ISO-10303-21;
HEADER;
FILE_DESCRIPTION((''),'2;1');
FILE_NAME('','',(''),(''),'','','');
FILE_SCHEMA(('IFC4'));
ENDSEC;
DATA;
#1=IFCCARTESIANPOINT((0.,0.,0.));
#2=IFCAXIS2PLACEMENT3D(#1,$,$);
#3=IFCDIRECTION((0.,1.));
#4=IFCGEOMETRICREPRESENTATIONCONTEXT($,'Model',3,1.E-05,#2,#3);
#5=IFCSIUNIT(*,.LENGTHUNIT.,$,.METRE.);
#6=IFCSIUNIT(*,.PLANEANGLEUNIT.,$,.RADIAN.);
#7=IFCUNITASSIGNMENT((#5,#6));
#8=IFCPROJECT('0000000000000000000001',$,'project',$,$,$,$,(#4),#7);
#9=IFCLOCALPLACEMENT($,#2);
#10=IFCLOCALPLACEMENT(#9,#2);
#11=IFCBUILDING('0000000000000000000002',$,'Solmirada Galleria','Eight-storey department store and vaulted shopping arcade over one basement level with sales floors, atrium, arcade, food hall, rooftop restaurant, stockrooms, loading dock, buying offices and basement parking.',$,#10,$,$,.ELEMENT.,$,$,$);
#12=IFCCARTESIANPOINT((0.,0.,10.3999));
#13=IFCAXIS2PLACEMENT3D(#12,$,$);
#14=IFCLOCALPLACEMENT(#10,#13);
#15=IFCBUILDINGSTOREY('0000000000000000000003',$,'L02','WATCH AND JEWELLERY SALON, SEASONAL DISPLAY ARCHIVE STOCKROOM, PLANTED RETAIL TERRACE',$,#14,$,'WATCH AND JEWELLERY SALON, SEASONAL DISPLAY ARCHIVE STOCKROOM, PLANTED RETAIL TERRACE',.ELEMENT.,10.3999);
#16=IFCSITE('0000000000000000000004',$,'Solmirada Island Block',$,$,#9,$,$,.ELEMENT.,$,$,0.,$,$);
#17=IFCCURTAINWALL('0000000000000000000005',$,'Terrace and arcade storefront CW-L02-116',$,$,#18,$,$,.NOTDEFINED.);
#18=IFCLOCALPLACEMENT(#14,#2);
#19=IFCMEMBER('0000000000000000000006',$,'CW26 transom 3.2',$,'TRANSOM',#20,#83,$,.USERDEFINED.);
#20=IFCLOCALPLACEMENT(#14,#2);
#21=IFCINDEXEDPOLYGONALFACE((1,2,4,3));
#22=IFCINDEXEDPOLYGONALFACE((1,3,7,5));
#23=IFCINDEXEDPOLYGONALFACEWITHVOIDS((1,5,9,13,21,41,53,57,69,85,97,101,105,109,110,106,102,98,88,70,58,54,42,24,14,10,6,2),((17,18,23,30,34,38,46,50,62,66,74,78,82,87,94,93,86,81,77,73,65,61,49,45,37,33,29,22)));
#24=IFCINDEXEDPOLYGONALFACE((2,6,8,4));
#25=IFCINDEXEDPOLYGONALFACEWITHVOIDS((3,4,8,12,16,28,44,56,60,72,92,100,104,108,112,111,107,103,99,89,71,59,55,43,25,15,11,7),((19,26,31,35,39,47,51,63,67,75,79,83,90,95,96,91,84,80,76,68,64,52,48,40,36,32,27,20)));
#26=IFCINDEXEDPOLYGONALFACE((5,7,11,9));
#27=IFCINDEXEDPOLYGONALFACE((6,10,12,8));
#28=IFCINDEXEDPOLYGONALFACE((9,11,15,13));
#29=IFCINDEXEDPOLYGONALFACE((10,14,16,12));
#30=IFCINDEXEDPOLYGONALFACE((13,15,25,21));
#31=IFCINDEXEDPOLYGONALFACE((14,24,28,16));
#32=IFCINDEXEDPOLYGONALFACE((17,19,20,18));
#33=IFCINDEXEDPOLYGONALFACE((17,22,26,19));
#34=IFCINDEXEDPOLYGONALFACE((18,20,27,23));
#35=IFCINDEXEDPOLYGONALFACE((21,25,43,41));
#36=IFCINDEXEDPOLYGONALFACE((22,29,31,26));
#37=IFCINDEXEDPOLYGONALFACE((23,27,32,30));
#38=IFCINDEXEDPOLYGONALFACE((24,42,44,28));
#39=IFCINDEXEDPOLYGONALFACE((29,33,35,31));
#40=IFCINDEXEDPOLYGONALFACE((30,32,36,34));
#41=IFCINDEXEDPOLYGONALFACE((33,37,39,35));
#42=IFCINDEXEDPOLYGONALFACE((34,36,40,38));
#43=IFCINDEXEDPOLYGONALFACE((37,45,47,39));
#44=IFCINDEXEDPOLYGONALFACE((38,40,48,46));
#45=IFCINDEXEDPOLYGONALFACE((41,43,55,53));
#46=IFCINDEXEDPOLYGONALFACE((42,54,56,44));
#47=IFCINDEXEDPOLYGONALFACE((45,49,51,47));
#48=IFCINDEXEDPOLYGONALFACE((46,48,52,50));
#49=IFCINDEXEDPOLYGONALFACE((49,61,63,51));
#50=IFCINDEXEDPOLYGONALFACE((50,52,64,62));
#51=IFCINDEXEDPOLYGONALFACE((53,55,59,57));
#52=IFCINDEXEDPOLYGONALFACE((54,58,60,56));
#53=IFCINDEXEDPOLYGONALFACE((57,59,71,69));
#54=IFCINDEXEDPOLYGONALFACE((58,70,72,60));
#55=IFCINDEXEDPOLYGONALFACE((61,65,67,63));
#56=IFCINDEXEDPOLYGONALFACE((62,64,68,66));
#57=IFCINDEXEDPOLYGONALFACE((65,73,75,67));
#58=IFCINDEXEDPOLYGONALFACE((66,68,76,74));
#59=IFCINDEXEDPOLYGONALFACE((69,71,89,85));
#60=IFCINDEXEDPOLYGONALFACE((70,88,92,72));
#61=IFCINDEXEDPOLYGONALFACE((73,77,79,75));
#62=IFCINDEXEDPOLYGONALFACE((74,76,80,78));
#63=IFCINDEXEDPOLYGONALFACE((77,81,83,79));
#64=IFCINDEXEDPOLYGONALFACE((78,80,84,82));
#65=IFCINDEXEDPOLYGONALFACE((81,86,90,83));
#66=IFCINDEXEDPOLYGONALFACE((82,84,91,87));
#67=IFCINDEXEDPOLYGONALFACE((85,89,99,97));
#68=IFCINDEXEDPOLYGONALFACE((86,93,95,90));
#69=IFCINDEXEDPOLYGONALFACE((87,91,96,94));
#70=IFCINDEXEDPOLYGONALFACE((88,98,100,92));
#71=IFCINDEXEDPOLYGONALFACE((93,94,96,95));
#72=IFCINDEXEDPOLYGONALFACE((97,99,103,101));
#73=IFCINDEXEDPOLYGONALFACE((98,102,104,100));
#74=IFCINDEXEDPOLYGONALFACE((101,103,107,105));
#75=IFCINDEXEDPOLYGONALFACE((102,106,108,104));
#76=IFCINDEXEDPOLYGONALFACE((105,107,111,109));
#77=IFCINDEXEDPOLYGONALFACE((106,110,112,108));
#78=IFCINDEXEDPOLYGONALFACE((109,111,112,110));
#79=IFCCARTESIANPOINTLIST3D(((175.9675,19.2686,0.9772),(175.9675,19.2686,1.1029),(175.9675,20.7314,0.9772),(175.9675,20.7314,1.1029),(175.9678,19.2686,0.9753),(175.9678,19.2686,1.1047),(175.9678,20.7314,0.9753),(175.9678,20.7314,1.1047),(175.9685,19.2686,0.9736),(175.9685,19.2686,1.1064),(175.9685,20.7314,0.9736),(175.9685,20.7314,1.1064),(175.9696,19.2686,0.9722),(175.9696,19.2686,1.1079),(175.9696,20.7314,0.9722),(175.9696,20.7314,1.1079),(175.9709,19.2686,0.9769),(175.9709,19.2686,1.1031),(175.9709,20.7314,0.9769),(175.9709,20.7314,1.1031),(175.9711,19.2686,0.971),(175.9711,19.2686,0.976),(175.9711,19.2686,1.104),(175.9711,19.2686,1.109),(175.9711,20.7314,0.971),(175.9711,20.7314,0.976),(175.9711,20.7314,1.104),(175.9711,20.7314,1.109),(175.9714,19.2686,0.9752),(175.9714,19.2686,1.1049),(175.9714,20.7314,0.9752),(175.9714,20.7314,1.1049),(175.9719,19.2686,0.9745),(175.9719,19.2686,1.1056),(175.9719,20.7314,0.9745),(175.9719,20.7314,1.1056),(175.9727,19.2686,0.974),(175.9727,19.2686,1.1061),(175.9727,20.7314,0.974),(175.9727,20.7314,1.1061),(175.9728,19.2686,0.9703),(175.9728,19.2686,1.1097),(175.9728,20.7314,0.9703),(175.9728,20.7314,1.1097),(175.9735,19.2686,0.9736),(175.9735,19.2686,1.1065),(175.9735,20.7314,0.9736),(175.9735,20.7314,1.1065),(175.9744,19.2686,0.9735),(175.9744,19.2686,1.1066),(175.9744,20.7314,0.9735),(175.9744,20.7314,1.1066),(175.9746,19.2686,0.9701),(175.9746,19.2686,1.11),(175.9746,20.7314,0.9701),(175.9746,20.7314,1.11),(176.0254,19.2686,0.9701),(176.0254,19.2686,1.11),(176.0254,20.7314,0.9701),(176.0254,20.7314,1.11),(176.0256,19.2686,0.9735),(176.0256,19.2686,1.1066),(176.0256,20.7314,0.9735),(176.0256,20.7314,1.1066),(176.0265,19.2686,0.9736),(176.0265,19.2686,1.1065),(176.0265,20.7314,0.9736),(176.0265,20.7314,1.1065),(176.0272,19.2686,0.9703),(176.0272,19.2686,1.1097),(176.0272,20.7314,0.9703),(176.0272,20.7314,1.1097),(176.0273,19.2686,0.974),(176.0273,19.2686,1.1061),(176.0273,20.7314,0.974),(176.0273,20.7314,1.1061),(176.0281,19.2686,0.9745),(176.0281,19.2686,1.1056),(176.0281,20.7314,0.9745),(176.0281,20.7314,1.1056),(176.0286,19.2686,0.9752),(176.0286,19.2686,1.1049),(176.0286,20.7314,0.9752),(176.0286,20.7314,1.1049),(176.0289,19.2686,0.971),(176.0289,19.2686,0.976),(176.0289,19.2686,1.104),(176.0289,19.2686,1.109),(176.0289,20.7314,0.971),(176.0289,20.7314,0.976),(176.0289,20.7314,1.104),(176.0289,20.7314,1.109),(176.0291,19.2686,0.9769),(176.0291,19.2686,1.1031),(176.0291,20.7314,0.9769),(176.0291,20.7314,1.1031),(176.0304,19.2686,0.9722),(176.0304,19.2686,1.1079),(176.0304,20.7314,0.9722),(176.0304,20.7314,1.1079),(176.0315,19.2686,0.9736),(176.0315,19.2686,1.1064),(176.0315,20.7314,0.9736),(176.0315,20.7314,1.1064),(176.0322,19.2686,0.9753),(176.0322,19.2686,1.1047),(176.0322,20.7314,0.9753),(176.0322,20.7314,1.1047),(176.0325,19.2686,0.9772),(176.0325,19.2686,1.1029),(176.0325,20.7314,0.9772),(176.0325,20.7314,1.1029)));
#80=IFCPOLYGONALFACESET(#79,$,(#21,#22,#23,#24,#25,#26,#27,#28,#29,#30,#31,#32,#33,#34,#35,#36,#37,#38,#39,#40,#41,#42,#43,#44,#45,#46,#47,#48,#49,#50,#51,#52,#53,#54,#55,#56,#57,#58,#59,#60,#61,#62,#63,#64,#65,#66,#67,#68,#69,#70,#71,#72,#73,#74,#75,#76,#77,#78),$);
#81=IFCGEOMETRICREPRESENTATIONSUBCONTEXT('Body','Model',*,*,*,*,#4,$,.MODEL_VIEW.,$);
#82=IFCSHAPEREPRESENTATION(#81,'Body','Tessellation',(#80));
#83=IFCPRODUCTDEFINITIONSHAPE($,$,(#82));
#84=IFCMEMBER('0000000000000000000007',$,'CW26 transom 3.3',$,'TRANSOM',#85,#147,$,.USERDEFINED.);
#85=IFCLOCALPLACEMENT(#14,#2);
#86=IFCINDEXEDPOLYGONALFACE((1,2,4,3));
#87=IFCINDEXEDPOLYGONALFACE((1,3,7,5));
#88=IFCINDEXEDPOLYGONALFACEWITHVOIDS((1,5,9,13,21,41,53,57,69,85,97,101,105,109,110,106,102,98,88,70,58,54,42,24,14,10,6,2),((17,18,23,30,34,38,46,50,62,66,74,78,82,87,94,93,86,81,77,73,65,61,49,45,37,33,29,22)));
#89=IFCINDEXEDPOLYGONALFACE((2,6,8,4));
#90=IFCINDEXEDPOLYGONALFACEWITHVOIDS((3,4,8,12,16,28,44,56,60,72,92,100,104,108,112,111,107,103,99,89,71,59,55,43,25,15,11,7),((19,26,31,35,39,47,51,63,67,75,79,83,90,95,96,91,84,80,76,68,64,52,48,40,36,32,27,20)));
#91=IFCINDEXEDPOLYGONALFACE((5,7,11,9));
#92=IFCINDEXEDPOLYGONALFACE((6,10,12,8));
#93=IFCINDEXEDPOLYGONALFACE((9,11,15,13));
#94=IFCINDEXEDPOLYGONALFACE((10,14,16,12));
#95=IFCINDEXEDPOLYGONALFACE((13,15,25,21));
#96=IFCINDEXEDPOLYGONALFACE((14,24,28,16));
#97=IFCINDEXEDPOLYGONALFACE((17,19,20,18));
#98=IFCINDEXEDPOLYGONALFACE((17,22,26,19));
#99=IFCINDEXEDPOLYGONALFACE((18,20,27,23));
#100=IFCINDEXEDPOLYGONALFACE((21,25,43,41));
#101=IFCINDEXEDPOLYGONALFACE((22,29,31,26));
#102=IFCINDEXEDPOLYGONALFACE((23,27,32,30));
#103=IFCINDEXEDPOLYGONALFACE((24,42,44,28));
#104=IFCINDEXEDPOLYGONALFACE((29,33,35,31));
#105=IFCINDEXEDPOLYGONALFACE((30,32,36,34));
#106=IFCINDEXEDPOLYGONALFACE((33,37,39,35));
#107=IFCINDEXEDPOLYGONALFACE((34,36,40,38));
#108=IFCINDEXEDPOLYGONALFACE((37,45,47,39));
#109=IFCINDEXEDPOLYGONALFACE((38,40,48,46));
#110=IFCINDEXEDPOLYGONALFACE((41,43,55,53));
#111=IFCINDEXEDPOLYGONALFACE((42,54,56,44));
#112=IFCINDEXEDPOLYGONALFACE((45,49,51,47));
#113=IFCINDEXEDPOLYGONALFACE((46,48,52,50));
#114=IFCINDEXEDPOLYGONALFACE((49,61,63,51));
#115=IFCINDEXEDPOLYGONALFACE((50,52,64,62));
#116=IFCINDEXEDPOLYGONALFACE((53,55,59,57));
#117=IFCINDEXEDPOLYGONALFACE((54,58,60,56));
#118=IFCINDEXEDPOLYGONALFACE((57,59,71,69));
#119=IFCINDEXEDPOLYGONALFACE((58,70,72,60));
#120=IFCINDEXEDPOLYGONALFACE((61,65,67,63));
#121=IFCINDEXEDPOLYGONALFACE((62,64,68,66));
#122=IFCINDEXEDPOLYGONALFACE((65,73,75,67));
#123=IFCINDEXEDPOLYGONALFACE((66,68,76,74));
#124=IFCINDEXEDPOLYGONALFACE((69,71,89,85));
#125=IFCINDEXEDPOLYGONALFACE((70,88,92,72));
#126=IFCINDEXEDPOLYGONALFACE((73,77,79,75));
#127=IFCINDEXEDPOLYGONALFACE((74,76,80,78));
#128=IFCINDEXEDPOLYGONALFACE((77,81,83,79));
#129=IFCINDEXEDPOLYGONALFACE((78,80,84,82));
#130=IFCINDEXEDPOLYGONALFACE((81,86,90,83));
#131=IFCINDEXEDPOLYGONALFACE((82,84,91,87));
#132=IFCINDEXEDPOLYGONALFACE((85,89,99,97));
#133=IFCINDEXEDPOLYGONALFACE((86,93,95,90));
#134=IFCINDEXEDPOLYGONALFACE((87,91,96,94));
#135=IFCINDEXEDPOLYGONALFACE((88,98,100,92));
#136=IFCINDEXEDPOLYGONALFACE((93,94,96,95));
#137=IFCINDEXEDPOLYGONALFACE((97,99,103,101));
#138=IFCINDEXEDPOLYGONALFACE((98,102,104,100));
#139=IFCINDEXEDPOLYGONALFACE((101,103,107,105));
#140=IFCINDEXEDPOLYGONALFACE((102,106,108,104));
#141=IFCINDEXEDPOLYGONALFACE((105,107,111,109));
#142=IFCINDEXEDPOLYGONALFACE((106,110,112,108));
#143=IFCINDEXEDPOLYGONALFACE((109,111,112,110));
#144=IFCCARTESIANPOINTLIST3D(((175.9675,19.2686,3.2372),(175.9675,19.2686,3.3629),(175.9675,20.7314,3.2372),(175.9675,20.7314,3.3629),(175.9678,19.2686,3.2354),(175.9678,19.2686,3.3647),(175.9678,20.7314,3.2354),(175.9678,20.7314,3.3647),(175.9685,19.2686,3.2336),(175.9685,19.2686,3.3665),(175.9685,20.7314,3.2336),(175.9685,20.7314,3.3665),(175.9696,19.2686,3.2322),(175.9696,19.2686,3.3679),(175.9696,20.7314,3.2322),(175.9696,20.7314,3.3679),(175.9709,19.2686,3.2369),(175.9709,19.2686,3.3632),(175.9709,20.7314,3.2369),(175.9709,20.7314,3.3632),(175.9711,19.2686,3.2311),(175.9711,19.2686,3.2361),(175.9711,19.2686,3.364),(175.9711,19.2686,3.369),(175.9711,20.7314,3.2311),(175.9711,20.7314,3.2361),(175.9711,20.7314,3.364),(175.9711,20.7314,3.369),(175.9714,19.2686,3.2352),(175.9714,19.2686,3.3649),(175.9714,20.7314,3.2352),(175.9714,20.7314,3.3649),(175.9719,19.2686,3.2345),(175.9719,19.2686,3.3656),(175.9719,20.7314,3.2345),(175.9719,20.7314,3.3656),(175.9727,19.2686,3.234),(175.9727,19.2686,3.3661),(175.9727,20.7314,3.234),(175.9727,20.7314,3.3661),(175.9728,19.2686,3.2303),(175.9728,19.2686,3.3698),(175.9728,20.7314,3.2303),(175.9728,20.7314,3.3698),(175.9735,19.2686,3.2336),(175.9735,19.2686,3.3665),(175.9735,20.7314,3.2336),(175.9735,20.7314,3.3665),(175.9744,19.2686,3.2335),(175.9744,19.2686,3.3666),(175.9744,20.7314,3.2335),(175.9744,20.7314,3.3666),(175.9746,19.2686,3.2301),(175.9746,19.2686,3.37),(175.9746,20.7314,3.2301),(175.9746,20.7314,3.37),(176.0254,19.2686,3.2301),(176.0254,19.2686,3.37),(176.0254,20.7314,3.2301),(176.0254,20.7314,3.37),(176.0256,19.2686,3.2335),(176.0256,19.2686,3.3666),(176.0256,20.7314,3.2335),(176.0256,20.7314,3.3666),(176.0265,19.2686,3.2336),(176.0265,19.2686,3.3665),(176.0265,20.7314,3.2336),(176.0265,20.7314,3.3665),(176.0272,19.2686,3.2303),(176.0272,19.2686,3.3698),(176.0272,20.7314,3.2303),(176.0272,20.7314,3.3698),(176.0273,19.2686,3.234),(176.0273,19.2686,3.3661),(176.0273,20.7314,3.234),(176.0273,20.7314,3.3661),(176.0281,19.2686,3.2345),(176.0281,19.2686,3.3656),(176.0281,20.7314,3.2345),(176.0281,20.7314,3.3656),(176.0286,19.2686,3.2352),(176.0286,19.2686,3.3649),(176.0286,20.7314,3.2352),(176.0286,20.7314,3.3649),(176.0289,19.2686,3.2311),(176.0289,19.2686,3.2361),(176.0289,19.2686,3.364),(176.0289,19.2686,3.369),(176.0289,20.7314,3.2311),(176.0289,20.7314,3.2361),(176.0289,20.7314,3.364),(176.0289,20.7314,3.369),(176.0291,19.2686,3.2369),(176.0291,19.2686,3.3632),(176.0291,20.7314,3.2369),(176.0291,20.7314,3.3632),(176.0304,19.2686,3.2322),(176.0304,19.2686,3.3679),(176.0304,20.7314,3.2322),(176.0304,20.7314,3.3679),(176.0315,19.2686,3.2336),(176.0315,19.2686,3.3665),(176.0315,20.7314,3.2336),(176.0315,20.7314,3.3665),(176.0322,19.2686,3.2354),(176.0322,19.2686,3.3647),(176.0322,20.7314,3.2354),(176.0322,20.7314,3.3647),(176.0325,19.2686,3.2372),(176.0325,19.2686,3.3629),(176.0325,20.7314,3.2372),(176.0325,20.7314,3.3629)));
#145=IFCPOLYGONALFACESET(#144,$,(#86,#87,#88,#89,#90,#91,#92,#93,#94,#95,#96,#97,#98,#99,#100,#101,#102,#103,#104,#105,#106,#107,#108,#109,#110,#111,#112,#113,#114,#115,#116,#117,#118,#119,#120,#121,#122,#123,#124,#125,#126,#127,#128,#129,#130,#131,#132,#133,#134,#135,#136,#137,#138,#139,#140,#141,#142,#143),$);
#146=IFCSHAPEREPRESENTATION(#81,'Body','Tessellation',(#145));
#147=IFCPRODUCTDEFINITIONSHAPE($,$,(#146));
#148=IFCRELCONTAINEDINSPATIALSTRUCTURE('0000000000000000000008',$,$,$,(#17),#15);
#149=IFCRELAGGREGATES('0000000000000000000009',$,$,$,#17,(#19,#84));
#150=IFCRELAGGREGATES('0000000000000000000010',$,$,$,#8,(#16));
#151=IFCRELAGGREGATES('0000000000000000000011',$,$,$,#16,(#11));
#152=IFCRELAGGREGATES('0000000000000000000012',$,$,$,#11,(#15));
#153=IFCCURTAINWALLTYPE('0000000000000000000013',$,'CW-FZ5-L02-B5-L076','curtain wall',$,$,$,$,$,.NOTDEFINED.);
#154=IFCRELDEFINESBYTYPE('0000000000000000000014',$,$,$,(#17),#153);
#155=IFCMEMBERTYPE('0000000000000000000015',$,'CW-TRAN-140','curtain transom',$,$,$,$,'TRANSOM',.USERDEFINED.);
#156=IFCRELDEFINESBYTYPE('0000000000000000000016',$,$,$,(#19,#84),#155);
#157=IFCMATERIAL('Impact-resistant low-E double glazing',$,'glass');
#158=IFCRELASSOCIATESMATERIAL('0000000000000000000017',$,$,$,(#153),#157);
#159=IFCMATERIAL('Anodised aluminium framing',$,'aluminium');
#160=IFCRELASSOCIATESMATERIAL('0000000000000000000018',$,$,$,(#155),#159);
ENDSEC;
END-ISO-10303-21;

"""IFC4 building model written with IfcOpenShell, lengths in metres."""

from ifc_helpers import new_model, si_unit, direction, frame, origin, origin_2d, place, context, subcontext, project, spatial, hollow_rectangle, extrude, material, material_profile, profile_set, type_object, element, aggregate, save


model = new_model("IFC4")

# Units and contexts
model_context = context("Model", 3, precision=1e-05, world=origin(), true_north=direction((0.0, 1.0)))
body_context = subcontext(model_context, "Body", "Model", "MODEL_VIEW")
ifc_project = project(units=[si_unit("LENGTHUNIT", "METRE"), si_unit("PLANEANGLEUNIT", "RADIAN")], contexts=[model_context])

# Site, building, storey
site_placement = place(None, origin())
site = spatial("IfcSite", under=ifc_project, at=site_placement, Name="Solmirada Island Block", CompositionType="ELEMENT", RefElevation=0.0)
building_placement = place(site_placement, origin())
building = spatial("IfcBuilding", under=site, at=building_placement, Name="Solmirada Galleria", Description="Eight-storey department store and vaulted shopping arcade over one basement level with sales floors, atrium, arcade, food hall, rooftop restaurant, stockrooms, loading dock, buying offices and basement parking.", CompositionType="ELEMENT")
storey_placement = place(building_placement, frame((0.0, 0.0, 10.3999)))
storey = spatial("IfcBuildingStorey", under=building, at=storey_placement, Name="L02", Description="WATCH AND JEWELLERY SALON, SEASONAL DISPLAY ARCHIVE STOCKROOM, PLANTED RETAIL TERRACE", LongName="WATCH AND JEWELLERY SALON, SEASONAL DISPLAY ARCHIVE STOCKROOM, PLANTED RETAIL TERRACE", CompositionType="ELEMENT", Elevation=10.3999)

# Curtain wall, members
ifc_material_1 = material(Name="Impact-resistant low-E double glazing", Category="glass")
curtain_wall_type = type_object("IfcCurtainWallType", Name="CW-FZ5-L02-B5-L076", Description="curtain wall", PredefinedType="NOTDEFINED", material=ifc_material_1)
curtain_wall_placement = place(storey_placement, origin())
curtain_wall = element("IfcCurtainWall", 1, at=curtain_wall_placement, inside=storey, type_object=curtain_wall_type, Name="Terrace and arcade storefront CW-L02-116", PredefinedType="NOTDEFINED")
ifc_material_2 = material(Name="Anodised aluminium framing", Category="aluminium")
ifc_material_profile_1 = material_profile(ifc_material_2, hollow_rectangle(XDim=0.0649, YDim=0.1399, WallThickness=0.0034, InnerFilletRadius=0.0034, OuterFilletRadius=0.0071, at=origin_2d()), Name="ALU-TRAN-140X65")
ifc_profile_set_1 = profile_set([ifc_material_profile_1], Name="Anodised aluminium framing")
member_type_1 = type_object("IfcMemberType", Name="CW-TRAN-140", Description="curtain transom", ElementType="TRANSOM", PredefinedType="USERDEFINED", material=ifc_profile_set_1)
member_1_placement = place(storey_placement, frame((176.0, 20.7314, 1.04), z_axis=(0.0, -1.0, 0.0), x_axis=(1.0, 0.0, 0.0)))
member_1 = element("IfcMember", 2, at=member_1_placement, type_object=member_type_1, Name="CW26 transom 3.2", ObjectType="TRANSOM", PredefinedType="USERDEFINED", context=body_context, shape_type="SweptSolid", body=[
    extrude(hollow_rectangle(XDim=0.0649, YDim=0.1399, WallThickness=0.0034, InnerFilletRadius=0.0034, OuterFilletRadius=0.0071, at=origin_2d()), origin(), (0.0, 0.0, 1.0), 1.4629),
])
member_2_placement = place(storey_placement, frame((176.0, 20.7314, 3.3), z_axis=(0.0, -1.0, 0.0), x_axis=(1.0, 0.0, 0.0)))
member_2 = element("IfcMember", 3, at=member_2_placement, type_object=member_type_1, Name="CW26 transom 3.3", ObjectType="TRANSOM", PredefinedType="USERDEFINED", context=body_context, shape_type="SweptSolid", body=[
    extrude(hollow_rectangle(XDim=0.0649, YDim=0.1399, WallThickness=0.0034, InnerFilletRadius=0.0034, OuterFilletRadius=0.0071, at=origin_2d()), origin(), (0.0, 0.0, 1.0), 1.4629),
])
aggregate(curtain_wall, [member_1, member_2])

save(model, "model.ifc")
